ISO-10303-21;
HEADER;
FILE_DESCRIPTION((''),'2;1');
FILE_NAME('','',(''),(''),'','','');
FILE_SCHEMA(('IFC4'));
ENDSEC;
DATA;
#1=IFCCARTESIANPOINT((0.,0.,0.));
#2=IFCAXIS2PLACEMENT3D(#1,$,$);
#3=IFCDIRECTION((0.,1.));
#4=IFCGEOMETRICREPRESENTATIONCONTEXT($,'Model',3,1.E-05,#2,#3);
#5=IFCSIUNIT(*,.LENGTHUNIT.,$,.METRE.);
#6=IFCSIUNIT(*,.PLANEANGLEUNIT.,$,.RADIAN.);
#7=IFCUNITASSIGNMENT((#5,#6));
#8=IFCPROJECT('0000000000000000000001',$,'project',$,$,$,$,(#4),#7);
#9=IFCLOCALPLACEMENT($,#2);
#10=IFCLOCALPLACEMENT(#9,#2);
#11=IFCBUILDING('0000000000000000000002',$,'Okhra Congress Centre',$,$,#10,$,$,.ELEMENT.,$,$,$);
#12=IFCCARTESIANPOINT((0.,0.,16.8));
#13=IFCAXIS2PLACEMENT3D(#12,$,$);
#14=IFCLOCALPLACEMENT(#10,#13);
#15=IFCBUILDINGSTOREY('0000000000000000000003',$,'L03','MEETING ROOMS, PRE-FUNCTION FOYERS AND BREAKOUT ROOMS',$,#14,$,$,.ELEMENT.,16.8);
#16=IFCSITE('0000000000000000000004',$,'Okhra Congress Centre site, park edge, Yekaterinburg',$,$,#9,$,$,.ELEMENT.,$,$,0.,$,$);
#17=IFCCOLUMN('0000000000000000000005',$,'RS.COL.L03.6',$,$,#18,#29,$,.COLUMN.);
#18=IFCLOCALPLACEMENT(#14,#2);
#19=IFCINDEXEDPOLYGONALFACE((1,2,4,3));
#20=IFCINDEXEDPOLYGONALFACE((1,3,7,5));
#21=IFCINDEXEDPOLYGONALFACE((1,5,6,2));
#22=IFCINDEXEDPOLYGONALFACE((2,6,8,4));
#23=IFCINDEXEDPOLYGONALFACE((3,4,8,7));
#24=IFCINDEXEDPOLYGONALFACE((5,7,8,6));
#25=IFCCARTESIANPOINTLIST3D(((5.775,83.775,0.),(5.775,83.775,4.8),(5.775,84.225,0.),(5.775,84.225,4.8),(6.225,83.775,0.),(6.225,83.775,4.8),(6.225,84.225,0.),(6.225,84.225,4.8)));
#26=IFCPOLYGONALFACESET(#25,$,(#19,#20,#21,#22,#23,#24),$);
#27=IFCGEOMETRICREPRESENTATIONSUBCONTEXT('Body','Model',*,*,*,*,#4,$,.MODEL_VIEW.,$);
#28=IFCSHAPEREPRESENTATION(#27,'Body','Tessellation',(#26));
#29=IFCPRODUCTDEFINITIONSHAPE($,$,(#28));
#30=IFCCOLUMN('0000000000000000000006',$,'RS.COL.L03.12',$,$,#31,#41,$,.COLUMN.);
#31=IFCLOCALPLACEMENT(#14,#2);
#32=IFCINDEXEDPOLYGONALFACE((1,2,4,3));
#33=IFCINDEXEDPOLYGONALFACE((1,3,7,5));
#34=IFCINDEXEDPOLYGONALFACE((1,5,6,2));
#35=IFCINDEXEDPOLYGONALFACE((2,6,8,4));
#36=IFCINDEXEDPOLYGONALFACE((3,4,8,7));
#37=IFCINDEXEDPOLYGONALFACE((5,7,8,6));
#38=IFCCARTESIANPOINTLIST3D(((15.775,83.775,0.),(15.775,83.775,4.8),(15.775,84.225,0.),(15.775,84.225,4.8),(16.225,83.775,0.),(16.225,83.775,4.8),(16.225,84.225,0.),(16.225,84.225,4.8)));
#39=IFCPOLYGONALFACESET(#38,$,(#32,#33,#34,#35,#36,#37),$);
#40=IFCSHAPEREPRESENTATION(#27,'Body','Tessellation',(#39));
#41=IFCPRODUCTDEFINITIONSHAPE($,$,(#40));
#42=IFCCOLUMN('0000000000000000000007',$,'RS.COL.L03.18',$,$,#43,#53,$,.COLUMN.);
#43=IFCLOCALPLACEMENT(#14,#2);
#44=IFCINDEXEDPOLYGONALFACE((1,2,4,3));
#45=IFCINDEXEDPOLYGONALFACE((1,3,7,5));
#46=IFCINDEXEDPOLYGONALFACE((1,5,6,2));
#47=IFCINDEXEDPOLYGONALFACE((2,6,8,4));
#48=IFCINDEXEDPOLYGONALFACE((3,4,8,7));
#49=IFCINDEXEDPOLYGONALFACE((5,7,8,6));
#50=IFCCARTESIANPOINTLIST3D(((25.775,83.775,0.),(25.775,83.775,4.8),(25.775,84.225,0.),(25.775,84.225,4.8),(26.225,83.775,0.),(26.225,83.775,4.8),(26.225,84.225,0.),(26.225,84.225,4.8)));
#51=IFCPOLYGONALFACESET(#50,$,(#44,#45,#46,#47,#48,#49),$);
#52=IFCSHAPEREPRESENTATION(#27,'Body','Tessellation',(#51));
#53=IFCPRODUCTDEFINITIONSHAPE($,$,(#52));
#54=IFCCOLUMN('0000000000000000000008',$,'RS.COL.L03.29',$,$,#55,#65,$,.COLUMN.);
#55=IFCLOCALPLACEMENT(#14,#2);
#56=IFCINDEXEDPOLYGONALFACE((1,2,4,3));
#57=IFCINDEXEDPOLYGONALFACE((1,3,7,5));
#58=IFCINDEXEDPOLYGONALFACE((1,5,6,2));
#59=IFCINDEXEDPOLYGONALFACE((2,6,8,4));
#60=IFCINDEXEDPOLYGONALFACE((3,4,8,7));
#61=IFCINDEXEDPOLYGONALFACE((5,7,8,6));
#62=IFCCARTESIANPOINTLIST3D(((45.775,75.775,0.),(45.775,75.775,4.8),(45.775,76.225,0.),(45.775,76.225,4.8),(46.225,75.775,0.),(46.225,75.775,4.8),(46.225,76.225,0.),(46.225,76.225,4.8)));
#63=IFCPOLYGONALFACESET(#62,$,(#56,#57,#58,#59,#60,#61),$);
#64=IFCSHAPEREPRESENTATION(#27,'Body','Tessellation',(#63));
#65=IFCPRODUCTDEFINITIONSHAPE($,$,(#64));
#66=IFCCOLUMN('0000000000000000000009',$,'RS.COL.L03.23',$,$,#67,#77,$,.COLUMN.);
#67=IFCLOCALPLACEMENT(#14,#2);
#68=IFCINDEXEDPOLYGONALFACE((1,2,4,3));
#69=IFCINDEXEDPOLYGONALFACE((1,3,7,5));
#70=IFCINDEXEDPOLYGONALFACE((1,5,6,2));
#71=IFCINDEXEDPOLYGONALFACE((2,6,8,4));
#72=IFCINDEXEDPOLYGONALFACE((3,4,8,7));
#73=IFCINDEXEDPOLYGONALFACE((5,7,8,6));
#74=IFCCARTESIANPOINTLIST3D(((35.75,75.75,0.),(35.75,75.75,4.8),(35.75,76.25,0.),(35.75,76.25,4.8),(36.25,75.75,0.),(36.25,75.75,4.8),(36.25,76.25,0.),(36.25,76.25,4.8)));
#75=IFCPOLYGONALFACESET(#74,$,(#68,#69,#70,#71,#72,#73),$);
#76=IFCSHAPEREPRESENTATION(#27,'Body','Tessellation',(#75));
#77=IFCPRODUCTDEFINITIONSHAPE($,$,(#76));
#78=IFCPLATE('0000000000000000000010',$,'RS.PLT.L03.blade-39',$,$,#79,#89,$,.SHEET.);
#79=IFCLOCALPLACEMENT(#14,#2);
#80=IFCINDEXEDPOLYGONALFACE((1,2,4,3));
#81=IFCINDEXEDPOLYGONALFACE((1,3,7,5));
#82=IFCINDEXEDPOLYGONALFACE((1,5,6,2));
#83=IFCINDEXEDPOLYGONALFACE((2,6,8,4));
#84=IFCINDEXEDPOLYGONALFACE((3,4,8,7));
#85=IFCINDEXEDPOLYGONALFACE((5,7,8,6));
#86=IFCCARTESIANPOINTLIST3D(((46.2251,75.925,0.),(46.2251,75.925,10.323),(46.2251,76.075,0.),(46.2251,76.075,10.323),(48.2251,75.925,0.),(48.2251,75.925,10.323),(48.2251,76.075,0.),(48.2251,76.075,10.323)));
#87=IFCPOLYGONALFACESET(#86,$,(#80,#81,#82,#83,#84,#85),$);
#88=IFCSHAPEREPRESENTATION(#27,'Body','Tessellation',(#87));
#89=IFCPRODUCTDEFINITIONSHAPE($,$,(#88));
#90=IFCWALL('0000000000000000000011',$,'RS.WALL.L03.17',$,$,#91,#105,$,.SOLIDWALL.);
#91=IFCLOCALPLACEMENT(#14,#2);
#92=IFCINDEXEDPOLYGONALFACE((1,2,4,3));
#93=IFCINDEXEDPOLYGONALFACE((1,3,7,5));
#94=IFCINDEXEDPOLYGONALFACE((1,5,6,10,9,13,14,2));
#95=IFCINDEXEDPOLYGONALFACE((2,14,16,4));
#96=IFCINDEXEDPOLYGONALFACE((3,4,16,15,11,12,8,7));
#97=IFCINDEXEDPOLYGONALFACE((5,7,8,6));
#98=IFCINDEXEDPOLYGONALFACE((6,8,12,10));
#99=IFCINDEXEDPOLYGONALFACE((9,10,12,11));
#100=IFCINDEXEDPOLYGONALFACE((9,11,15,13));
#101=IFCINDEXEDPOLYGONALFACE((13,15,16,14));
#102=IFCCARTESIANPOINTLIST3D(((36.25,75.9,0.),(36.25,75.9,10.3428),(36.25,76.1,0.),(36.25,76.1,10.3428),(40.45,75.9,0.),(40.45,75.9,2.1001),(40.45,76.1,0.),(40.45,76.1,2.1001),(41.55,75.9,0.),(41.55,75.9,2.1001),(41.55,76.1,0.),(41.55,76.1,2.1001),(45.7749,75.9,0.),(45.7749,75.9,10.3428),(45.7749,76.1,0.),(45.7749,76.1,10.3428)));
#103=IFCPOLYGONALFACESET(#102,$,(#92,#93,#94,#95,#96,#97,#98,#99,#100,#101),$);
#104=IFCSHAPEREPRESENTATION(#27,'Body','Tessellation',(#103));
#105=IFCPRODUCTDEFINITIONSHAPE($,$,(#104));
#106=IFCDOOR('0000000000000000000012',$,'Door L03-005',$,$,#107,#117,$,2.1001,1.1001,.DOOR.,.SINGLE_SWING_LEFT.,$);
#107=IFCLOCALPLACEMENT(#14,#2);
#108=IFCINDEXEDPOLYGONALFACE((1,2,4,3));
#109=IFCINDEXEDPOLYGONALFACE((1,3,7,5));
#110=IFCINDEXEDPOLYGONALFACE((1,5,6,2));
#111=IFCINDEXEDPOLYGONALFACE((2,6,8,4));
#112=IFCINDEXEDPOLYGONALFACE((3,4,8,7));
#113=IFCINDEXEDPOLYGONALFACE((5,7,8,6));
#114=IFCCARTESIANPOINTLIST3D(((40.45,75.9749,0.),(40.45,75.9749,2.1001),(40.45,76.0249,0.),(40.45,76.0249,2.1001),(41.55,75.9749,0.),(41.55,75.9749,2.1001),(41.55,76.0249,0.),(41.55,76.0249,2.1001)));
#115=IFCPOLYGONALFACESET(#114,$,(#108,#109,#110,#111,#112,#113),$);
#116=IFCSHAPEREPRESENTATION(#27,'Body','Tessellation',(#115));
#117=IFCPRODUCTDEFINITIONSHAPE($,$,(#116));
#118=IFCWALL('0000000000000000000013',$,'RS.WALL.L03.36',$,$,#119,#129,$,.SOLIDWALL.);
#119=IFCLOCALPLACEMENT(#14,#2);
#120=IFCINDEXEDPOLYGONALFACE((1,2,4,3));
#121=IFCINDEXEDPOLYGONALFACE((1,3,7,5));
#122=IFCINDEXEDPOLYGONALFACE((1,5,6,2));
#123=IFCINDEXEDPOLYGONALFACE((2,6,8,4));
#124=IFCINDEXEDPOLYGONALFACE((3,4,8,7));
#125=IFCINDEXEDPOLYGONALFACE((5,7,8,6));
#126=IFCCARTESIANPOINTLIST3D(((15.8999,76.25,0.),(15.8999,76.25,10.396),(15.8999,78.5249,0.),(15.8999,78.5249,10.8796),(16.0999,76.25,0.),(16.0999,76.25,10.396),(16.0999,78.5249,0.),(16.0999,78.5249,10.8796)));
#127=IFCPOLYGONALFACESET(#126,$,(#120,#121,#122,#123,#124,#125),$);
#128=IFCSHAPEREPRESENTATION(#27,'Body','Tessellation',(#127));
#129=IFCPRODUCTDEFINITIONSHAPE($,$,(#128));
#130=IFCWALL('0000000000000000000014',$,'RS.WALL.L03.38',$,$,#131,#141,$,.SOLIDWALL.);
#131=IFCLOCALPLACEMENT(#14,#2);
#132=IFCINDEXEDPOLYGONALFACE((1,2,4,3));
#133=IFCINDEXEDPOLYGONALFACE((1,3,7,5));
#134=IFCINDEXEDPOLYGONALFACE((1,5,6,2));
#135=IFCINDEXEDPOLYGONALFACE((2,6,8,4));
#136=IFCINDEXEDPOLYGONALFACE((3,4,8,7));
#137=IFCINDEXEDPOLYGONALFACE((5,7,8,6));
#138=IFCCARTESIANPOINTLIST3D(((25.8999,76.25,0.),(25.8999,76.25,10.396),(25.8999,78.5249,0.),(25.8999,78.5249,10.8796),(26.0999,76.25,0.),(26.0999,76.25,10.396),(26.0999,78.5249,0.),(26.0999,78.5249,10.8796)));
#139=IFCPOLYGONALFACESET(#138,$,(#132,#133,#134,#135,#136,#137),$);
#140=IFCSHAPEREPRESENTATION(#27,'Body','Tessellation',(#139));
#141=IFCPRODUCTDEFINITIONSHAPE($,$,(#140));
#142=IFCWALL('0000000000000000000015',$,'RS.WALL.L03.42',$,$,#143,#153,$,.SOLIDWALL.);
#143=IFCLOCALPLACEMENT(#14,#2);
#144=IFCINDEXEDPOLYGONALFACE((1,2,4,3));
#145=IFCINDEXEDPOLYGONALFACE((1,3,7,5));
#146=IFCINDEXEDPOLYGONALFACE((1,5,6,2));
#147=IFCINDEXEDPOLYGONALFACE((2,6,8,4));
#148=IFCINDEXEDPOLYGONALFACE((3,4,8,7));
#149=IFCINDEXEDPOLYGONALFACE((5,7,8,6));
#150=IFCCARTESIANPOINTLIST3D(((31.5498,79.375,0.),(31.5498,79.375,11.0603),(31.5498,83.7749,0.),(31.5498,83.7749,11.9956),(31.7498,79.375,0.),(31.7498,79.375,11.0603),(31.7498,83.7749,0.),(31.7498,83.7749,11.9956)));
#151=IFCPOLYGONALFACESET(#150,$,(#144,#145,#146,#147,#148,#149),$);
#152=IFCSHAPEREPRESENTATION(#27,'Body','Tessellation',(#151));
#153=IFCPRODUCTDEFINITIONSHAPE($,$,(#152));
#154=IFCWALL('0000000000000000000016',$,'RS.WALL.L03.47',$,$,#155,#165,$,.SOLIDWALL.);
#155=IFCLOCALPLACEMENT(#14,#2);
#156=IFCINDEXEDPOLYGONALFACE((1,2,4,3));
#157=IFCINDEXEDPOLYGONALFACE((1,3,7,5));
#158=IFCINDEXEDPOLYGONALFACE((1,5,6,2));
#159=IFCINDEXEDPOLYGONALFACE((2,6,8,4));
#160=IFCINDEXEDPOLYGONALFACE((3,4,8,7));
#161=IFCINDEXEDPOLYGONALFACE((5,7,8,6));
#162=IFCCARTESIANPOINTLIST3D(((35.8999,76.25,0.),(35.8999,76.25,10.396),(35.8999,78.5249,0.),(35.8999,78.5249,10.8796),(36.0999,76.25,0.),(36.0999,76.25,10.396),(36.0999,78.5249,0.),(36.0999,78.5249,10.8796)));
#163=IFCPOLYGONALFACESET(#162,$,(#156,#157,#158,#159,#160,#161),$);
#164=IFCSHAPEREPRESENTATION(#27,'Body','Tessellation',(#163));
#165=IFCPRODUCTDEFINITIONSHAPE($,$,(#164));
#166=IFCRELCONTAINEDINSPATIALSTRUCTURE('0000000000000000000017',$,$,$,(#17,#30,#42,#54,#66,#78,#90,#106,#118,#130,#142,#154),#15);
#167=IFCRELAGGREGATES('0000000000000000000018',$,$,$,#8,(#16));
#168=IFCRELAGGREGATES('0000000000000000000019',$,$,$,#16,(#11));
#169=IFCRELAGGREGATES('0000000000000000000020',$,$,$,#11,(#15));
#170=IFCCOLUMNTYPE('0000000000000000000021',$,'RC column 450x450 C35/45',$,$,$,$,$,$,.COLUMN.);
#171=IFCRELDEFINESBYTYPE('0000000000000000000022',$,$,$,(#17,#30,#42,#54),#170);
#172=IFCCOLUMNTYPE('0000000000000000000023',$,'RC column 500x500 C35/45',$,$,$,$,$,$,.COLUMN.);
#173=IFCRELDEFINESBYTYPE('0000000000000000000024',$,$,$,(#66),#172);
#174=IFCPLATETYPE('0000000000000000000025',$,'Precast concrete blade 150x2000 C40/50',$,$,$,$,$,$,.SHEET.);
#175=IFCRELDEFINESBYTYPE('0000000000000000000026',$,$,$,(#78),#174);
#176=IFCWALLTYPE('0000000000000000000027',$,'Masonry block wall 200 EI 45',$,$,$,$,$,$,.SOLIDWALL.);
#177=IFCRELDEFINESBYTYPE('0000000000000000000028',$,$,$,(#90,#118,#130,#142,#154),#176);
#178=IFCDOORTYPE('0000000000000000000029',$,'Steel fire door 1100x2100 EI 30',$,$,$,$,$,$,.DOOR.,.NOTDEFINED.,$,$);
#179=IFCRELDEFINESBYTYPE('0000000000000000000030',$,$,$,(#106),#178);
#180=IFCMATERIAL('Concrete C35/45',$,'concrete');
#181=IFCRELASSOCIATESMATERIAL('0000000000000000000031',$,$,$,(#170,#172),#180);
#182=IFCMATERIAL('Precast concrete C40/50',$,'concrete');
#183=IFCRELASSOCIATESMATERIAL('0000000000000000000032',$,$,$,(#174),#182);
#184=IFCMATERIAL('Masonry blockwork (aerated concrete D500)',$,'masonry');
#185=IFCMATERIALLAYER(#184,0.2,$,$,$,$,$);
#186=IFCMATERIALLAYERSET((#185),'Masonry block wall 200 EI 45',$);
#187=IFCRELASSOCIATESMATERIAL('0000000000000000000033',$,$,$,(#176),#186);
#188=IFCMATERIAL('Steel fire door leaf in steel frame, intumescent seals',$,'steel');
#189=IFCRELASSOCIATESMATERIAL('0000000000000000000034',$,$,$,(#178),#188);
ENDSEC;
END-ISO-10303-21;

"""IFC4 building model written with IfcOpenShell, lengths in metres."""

from ifc_helpers import new_model, si_unit, direction, frame, frame_2d, origin, origin_2d, place, context, subcontext, project, spatial, polyline, rectangle, outline, extrude, material, layer, layer_set, material_profile, profile_set, type_object, element, fill, save


model = new_model("IFC4")

# Units and contexts
model_context = context("Model", 3, precision=1e-05, world=origin(), true_north=direction((0.0, 1.0)))
body_context = subcontext(model_context, "Body", "Model", "MODEL_VIEW")
ifc_project = project(units=[si_unit("LENGTHUNIT", "METRE"), si_unit("PLANEANGLEUNIT", "RADIAN")], contexts=[model_context])

# Site, building, storey
site_placement = place(None, origin())
site = spatial("IfcSite", under=ifc_project, at=site_placement, Name="Okhra Congress Centre site, park edge, Yekaterinburg", CompositionType="ELEMENT", RefElevation=0.0)
building_placement = place(site_placement, origin())
building = spatial("IfcBuilding", under=site, at=building_placement, Name="Okhra Congress Centre", CompositionType="ELEMENT")
storey_placement = place(building_placement, frame((0.0, 0.0, 16.8)))
storey = spatial("IfcBuildingStorey", under=building, at=storey_placement, Name="L03", Description="MEETING ROOMS, PRE-FUNCTION FOYERS AND BREAKOUT ROOMS", CompositionType="ELEMENT", Elevation=16.8)

# Columns
ifc_material_1 = material(Name="Concrete C35/45", Category="concrete")
ifc_material_profile_1 = material_profile(ifc_material_1, rectangle(XDim=0.45, YDim=0.45, at=origin_2d()), Name="RC 450x450")
ifc_profile_set_1 = profile_set([ifc_material_profile_1], Name="Concrete C35/45")
column_type_1 = type_object("IfcColumnType", Name="RC column 450x450 C35/45", PredefinedType="COLUMN", material=ifc_profile_set_1)
for number, where, z_axis, x_axis, name in (
    (1, (6.0, 84.0, 0.0), (0.0, 0.0, 1.0), (1.0, 0.0, 0.0), "RS.COL.L03.6"),
    (2, (16.0, 84.0, 0.0), (0.0, 0.0, 1.0), (1.0, 0.0, 0.0), "RS.COL.L03.12"),
    (3, (26.0, 84.0, 0.0), (0.0, 0.0, 1.0), (1.0, 0.0, 0.0), "RS.COL.L03.18"),
    (4, (46.0, 76.0, 0.0), (0.0, 0.0, 1.0), (1.0, 0.0, 0.0), "RS.COL.L03.29"),
):
    element("IfcColumn", number, at=place(storey_placement, frame(where, z_axis=z_axis, x_axis=x_axis)), inside=storey, type_object=column_type_1, Name=name, PredefinedType="COLUMN", context=body_context, shape_type="SweptSolid", body=[
        extrude(rectangle(XDim=0.45, YDim=0.45, at=origin_2d()), origin(), (0.0, 0.0, 1.0), 4.8),
    ])
ifc_material_profile_2 = material_profile(ifc_material_1, rectangle(XDim=0.5, YDim=0.5, at=origin_2d()), Name="RC 500x500")
ifc_profile_set_2 = profile_set([ifc_material_profile_2], Name="Concrete C35/45")
column_type_2 = type_object("IfcColumnType", Name="RC column 500x500 C35/45", PredefinedType="COLUMN", material=ifc_profile_set_2)
column_placement = place(storey_placement, frame((36.0, 76.0, 0.0), z_axis=(0.0, 0.0, 1.0), x_axis=(1.0, 0.0, 0.0)))
element("IfcColumn", 5, at=column_placement, inside=storey, type_object=column_type_2, Name="RS.COL.L03.23", PredefinedType="COLUMN", context=body_context, shape_type="SweptSolid", body=[
    extrude(rectangle(XDim=0.5, YDim=0.5, at=origin_2d()), origin(), (0.0, 0.0, 1.0), 4.8),
])

# Plate
ifc_material_2 = material(Name="Precast concrete C40/50", Category="concrete")
plate_type = type_object("IfcPlateType", Name="Precast concrete blade 150x2000 C40/50", PredefinedType="SHEET", material=ifc_material_2)
plate_placement = place(storey_placement, frame((47.2251, 76.0, 0.0), z_axis=(0.0, 0.0, 1.0), x_axis=(0.0, 1.0, 0.0)))
element("IfcPlate", 6, at=plate_placement, inside=storey, type_object=plate_type, Name="RS.PLT.L03.blade-39", PredefinedType="SHEET", context=body_context, shape_type="SweptSolid", body=[
    extrude(rectangle(XDim=0.1499, YDim=2.0, at=origin_2d()), origin(), (0.0, 0.0, 1.0), 10.323),
])

# Wall, opening, door
ifc_material_3 = material(Name="Masonry blockwork (aerated concrete D500)", Category="masonry")
ifc_layer_1 = layer(ifc_material_3, 0.2)
ifc_layer_set_1 = layer_set([ifc_layer_1], Name="Masonry block wall 200 EI 45")
wall_type_1 = type_object("IfcWallType", Name="Masonry block wall 200 EI 45", PredefinedType="SOLIDWALL", material=ifc_layer_set_1)
wall_1_placement = place(storey_placement, frame((36.25, 76.0, 0.0), z_axis=(0.0, 0.0, 1.0), x_axis=(1.0, 0.0, 0.0)))
wall_1 = element("IfcWall", 7, at=wall_1_placement, inside=storey, type_object=wall_type_1, Name="RS.WALL.L03.17", PredefinedType="SOLIDWALL", context=body_context, shape_type="SweptSolid", body=[
    extrude(rectangle(XDim=9.5249, YDim=0.2, at=frame_2d((4.7625, 0.0))), origin(), (0.0, 0.0, 1.0), 10.3428),
])
opening_1_placement = place(wall_1_placement, frame((4.2, 0.0, 0.0)))
opening_1 = element("IfcOpeningElement", 8, at=opening_1_placement, cuts=wall_1, PredefinedType="OPENING", context=body_context, shape_type="SweptSolid", body=[
    extrude(rectangle(XDim=1.1001, YDim=2.1001, at=frame_2d((0.55, 1.05))), frame((0.0, 0.1099, 0.0), z_axis=(0.0, -1.0, 0.0), x_axis=(1.0, 0.0, 0.0)), (0.0, 0.0, 1.0), 0.22),
])
ifc_material_4 = material(Name="Steel fire door leaf in steel frame, intumescent seals", Category="steel")
door_type = type_object("IfcDoorType", Name="Steel fire door 1100x2100 EI 30", OperationType="NOTDEFINED", PredefinedType="DOOR", material=ifc_material_4)
door_1_placement = place(opening_1_placement, origin())
door_1 = element("IfcDoor", 9, at=door_1_placement, inside=storey, type_object=door_type, Name="Door L03-005", OperationType="SINGLE_SWING_LEFT", OverallHeight=2.1001, OverallWidth=1.1001, PredefinedType="DOOR", context=body_context, shape_type="SweptSolid", body=[
    extrude(rectangle(XDim=1.1001, YDim=2.1001, at=frame_2d((0.55, 1.05))), frame((0.0, 0.0249, 0.0), z_axis=(0.0, -1.0, 0.0), x_axis=(1.0, 0.0, 0.0)), (0.0, 0.0, 1.0), 0.05),
])
fill(opening_1, door_1)

# Walls
for number, where, z_axis, x_axis, name in (
    (10, (16.0, 76.25, 0.0), (0.0, 0.0, 1.0), (0.0, 1.0, 0.0), "RS.WALL.L03.36"),
    (11, (26.0, 76.25, 0.0), (0.0, 0.0, 1.0), (0.0, 1.0, 0.0), "RS.WALL.L03.38"),
):
    element("IfcWall", number, at=place(storey_placement, frame(where, z_axis=z_axis, x_axis=x_axis)), inside=storey, type_object=wall_type_1, Name=name, PredefinedType="SOLIDWALL", context=body_context, shape_type="SweptSolid", body=[
        extrude(outline(polyline([(0.0, 0.0), (2.2749, 0.0), (2.2749, 10.8796), (0.0, 10.396), (0.0, 0.0)])), frame((0.0, 0.1001, 0.0), z_axis=(0.0, -1.0, 0.0), x_axis=(1.0, 0.0, 0.0)), (0.0, 0.0, 1.0), 0.2),
    ])
wall_2_placement = place(storey_placement, frame((31.6499, 79.375, 0.0), z_axis=(0.0, 0.0, 1.0), x_axis=(0.0, 1.0, 0.0)))
element("IfcWall", 12, at=wall_2_placement, inside=storey, type_object=wall_type_1, Name="RS.WALL.L03.42", PredefinedType="SOLIDWALL", context=body_context, shape_type="SweptSolid", body=[
    extrude(outline(polyline([(0.0, 0.0), (4.3999, 0.0), (4.3999, 11.9956), (0.0, 11.0603), (0.0, 0.0)])), frame((0.0, 0.1001, 0.0), z_axis=(0.0, -1.0, 0.0), x_axis=(1.0, 0.0, 0.0)), (0.0, 0.0, 1.0), 0.2),
])
wall_3_placement = place(storey_placement, frame((36.0, 76.25, 0.0), z_axis=(0.0, 0.0, 1.0), x_axis=(0.0, 1.0, 0.0)))
element("IfcWall", 13, at=wall_3_placement, inside=storey, type_object=wall_type_1, Name="RS.WALL.L03.47", PredefinedType="SOLIDWALL", context=body_context, shape_type="SweptSolid", body=[
    extrude(outline(polyline([(0.0, 0.0), (2.2749, 0.0), (2.2749, 10.8796), (0.0, 10.396), (0.0, 0.0)])), frame((0.0, 0.1001, 0.0), z_axis=(0.0, -1.0, 0.0), x_axis=(1.0, 0.0, 0.0)), (0.0, 0.0, 1.0), 0.2),
])

save(model, "model.ifc")
